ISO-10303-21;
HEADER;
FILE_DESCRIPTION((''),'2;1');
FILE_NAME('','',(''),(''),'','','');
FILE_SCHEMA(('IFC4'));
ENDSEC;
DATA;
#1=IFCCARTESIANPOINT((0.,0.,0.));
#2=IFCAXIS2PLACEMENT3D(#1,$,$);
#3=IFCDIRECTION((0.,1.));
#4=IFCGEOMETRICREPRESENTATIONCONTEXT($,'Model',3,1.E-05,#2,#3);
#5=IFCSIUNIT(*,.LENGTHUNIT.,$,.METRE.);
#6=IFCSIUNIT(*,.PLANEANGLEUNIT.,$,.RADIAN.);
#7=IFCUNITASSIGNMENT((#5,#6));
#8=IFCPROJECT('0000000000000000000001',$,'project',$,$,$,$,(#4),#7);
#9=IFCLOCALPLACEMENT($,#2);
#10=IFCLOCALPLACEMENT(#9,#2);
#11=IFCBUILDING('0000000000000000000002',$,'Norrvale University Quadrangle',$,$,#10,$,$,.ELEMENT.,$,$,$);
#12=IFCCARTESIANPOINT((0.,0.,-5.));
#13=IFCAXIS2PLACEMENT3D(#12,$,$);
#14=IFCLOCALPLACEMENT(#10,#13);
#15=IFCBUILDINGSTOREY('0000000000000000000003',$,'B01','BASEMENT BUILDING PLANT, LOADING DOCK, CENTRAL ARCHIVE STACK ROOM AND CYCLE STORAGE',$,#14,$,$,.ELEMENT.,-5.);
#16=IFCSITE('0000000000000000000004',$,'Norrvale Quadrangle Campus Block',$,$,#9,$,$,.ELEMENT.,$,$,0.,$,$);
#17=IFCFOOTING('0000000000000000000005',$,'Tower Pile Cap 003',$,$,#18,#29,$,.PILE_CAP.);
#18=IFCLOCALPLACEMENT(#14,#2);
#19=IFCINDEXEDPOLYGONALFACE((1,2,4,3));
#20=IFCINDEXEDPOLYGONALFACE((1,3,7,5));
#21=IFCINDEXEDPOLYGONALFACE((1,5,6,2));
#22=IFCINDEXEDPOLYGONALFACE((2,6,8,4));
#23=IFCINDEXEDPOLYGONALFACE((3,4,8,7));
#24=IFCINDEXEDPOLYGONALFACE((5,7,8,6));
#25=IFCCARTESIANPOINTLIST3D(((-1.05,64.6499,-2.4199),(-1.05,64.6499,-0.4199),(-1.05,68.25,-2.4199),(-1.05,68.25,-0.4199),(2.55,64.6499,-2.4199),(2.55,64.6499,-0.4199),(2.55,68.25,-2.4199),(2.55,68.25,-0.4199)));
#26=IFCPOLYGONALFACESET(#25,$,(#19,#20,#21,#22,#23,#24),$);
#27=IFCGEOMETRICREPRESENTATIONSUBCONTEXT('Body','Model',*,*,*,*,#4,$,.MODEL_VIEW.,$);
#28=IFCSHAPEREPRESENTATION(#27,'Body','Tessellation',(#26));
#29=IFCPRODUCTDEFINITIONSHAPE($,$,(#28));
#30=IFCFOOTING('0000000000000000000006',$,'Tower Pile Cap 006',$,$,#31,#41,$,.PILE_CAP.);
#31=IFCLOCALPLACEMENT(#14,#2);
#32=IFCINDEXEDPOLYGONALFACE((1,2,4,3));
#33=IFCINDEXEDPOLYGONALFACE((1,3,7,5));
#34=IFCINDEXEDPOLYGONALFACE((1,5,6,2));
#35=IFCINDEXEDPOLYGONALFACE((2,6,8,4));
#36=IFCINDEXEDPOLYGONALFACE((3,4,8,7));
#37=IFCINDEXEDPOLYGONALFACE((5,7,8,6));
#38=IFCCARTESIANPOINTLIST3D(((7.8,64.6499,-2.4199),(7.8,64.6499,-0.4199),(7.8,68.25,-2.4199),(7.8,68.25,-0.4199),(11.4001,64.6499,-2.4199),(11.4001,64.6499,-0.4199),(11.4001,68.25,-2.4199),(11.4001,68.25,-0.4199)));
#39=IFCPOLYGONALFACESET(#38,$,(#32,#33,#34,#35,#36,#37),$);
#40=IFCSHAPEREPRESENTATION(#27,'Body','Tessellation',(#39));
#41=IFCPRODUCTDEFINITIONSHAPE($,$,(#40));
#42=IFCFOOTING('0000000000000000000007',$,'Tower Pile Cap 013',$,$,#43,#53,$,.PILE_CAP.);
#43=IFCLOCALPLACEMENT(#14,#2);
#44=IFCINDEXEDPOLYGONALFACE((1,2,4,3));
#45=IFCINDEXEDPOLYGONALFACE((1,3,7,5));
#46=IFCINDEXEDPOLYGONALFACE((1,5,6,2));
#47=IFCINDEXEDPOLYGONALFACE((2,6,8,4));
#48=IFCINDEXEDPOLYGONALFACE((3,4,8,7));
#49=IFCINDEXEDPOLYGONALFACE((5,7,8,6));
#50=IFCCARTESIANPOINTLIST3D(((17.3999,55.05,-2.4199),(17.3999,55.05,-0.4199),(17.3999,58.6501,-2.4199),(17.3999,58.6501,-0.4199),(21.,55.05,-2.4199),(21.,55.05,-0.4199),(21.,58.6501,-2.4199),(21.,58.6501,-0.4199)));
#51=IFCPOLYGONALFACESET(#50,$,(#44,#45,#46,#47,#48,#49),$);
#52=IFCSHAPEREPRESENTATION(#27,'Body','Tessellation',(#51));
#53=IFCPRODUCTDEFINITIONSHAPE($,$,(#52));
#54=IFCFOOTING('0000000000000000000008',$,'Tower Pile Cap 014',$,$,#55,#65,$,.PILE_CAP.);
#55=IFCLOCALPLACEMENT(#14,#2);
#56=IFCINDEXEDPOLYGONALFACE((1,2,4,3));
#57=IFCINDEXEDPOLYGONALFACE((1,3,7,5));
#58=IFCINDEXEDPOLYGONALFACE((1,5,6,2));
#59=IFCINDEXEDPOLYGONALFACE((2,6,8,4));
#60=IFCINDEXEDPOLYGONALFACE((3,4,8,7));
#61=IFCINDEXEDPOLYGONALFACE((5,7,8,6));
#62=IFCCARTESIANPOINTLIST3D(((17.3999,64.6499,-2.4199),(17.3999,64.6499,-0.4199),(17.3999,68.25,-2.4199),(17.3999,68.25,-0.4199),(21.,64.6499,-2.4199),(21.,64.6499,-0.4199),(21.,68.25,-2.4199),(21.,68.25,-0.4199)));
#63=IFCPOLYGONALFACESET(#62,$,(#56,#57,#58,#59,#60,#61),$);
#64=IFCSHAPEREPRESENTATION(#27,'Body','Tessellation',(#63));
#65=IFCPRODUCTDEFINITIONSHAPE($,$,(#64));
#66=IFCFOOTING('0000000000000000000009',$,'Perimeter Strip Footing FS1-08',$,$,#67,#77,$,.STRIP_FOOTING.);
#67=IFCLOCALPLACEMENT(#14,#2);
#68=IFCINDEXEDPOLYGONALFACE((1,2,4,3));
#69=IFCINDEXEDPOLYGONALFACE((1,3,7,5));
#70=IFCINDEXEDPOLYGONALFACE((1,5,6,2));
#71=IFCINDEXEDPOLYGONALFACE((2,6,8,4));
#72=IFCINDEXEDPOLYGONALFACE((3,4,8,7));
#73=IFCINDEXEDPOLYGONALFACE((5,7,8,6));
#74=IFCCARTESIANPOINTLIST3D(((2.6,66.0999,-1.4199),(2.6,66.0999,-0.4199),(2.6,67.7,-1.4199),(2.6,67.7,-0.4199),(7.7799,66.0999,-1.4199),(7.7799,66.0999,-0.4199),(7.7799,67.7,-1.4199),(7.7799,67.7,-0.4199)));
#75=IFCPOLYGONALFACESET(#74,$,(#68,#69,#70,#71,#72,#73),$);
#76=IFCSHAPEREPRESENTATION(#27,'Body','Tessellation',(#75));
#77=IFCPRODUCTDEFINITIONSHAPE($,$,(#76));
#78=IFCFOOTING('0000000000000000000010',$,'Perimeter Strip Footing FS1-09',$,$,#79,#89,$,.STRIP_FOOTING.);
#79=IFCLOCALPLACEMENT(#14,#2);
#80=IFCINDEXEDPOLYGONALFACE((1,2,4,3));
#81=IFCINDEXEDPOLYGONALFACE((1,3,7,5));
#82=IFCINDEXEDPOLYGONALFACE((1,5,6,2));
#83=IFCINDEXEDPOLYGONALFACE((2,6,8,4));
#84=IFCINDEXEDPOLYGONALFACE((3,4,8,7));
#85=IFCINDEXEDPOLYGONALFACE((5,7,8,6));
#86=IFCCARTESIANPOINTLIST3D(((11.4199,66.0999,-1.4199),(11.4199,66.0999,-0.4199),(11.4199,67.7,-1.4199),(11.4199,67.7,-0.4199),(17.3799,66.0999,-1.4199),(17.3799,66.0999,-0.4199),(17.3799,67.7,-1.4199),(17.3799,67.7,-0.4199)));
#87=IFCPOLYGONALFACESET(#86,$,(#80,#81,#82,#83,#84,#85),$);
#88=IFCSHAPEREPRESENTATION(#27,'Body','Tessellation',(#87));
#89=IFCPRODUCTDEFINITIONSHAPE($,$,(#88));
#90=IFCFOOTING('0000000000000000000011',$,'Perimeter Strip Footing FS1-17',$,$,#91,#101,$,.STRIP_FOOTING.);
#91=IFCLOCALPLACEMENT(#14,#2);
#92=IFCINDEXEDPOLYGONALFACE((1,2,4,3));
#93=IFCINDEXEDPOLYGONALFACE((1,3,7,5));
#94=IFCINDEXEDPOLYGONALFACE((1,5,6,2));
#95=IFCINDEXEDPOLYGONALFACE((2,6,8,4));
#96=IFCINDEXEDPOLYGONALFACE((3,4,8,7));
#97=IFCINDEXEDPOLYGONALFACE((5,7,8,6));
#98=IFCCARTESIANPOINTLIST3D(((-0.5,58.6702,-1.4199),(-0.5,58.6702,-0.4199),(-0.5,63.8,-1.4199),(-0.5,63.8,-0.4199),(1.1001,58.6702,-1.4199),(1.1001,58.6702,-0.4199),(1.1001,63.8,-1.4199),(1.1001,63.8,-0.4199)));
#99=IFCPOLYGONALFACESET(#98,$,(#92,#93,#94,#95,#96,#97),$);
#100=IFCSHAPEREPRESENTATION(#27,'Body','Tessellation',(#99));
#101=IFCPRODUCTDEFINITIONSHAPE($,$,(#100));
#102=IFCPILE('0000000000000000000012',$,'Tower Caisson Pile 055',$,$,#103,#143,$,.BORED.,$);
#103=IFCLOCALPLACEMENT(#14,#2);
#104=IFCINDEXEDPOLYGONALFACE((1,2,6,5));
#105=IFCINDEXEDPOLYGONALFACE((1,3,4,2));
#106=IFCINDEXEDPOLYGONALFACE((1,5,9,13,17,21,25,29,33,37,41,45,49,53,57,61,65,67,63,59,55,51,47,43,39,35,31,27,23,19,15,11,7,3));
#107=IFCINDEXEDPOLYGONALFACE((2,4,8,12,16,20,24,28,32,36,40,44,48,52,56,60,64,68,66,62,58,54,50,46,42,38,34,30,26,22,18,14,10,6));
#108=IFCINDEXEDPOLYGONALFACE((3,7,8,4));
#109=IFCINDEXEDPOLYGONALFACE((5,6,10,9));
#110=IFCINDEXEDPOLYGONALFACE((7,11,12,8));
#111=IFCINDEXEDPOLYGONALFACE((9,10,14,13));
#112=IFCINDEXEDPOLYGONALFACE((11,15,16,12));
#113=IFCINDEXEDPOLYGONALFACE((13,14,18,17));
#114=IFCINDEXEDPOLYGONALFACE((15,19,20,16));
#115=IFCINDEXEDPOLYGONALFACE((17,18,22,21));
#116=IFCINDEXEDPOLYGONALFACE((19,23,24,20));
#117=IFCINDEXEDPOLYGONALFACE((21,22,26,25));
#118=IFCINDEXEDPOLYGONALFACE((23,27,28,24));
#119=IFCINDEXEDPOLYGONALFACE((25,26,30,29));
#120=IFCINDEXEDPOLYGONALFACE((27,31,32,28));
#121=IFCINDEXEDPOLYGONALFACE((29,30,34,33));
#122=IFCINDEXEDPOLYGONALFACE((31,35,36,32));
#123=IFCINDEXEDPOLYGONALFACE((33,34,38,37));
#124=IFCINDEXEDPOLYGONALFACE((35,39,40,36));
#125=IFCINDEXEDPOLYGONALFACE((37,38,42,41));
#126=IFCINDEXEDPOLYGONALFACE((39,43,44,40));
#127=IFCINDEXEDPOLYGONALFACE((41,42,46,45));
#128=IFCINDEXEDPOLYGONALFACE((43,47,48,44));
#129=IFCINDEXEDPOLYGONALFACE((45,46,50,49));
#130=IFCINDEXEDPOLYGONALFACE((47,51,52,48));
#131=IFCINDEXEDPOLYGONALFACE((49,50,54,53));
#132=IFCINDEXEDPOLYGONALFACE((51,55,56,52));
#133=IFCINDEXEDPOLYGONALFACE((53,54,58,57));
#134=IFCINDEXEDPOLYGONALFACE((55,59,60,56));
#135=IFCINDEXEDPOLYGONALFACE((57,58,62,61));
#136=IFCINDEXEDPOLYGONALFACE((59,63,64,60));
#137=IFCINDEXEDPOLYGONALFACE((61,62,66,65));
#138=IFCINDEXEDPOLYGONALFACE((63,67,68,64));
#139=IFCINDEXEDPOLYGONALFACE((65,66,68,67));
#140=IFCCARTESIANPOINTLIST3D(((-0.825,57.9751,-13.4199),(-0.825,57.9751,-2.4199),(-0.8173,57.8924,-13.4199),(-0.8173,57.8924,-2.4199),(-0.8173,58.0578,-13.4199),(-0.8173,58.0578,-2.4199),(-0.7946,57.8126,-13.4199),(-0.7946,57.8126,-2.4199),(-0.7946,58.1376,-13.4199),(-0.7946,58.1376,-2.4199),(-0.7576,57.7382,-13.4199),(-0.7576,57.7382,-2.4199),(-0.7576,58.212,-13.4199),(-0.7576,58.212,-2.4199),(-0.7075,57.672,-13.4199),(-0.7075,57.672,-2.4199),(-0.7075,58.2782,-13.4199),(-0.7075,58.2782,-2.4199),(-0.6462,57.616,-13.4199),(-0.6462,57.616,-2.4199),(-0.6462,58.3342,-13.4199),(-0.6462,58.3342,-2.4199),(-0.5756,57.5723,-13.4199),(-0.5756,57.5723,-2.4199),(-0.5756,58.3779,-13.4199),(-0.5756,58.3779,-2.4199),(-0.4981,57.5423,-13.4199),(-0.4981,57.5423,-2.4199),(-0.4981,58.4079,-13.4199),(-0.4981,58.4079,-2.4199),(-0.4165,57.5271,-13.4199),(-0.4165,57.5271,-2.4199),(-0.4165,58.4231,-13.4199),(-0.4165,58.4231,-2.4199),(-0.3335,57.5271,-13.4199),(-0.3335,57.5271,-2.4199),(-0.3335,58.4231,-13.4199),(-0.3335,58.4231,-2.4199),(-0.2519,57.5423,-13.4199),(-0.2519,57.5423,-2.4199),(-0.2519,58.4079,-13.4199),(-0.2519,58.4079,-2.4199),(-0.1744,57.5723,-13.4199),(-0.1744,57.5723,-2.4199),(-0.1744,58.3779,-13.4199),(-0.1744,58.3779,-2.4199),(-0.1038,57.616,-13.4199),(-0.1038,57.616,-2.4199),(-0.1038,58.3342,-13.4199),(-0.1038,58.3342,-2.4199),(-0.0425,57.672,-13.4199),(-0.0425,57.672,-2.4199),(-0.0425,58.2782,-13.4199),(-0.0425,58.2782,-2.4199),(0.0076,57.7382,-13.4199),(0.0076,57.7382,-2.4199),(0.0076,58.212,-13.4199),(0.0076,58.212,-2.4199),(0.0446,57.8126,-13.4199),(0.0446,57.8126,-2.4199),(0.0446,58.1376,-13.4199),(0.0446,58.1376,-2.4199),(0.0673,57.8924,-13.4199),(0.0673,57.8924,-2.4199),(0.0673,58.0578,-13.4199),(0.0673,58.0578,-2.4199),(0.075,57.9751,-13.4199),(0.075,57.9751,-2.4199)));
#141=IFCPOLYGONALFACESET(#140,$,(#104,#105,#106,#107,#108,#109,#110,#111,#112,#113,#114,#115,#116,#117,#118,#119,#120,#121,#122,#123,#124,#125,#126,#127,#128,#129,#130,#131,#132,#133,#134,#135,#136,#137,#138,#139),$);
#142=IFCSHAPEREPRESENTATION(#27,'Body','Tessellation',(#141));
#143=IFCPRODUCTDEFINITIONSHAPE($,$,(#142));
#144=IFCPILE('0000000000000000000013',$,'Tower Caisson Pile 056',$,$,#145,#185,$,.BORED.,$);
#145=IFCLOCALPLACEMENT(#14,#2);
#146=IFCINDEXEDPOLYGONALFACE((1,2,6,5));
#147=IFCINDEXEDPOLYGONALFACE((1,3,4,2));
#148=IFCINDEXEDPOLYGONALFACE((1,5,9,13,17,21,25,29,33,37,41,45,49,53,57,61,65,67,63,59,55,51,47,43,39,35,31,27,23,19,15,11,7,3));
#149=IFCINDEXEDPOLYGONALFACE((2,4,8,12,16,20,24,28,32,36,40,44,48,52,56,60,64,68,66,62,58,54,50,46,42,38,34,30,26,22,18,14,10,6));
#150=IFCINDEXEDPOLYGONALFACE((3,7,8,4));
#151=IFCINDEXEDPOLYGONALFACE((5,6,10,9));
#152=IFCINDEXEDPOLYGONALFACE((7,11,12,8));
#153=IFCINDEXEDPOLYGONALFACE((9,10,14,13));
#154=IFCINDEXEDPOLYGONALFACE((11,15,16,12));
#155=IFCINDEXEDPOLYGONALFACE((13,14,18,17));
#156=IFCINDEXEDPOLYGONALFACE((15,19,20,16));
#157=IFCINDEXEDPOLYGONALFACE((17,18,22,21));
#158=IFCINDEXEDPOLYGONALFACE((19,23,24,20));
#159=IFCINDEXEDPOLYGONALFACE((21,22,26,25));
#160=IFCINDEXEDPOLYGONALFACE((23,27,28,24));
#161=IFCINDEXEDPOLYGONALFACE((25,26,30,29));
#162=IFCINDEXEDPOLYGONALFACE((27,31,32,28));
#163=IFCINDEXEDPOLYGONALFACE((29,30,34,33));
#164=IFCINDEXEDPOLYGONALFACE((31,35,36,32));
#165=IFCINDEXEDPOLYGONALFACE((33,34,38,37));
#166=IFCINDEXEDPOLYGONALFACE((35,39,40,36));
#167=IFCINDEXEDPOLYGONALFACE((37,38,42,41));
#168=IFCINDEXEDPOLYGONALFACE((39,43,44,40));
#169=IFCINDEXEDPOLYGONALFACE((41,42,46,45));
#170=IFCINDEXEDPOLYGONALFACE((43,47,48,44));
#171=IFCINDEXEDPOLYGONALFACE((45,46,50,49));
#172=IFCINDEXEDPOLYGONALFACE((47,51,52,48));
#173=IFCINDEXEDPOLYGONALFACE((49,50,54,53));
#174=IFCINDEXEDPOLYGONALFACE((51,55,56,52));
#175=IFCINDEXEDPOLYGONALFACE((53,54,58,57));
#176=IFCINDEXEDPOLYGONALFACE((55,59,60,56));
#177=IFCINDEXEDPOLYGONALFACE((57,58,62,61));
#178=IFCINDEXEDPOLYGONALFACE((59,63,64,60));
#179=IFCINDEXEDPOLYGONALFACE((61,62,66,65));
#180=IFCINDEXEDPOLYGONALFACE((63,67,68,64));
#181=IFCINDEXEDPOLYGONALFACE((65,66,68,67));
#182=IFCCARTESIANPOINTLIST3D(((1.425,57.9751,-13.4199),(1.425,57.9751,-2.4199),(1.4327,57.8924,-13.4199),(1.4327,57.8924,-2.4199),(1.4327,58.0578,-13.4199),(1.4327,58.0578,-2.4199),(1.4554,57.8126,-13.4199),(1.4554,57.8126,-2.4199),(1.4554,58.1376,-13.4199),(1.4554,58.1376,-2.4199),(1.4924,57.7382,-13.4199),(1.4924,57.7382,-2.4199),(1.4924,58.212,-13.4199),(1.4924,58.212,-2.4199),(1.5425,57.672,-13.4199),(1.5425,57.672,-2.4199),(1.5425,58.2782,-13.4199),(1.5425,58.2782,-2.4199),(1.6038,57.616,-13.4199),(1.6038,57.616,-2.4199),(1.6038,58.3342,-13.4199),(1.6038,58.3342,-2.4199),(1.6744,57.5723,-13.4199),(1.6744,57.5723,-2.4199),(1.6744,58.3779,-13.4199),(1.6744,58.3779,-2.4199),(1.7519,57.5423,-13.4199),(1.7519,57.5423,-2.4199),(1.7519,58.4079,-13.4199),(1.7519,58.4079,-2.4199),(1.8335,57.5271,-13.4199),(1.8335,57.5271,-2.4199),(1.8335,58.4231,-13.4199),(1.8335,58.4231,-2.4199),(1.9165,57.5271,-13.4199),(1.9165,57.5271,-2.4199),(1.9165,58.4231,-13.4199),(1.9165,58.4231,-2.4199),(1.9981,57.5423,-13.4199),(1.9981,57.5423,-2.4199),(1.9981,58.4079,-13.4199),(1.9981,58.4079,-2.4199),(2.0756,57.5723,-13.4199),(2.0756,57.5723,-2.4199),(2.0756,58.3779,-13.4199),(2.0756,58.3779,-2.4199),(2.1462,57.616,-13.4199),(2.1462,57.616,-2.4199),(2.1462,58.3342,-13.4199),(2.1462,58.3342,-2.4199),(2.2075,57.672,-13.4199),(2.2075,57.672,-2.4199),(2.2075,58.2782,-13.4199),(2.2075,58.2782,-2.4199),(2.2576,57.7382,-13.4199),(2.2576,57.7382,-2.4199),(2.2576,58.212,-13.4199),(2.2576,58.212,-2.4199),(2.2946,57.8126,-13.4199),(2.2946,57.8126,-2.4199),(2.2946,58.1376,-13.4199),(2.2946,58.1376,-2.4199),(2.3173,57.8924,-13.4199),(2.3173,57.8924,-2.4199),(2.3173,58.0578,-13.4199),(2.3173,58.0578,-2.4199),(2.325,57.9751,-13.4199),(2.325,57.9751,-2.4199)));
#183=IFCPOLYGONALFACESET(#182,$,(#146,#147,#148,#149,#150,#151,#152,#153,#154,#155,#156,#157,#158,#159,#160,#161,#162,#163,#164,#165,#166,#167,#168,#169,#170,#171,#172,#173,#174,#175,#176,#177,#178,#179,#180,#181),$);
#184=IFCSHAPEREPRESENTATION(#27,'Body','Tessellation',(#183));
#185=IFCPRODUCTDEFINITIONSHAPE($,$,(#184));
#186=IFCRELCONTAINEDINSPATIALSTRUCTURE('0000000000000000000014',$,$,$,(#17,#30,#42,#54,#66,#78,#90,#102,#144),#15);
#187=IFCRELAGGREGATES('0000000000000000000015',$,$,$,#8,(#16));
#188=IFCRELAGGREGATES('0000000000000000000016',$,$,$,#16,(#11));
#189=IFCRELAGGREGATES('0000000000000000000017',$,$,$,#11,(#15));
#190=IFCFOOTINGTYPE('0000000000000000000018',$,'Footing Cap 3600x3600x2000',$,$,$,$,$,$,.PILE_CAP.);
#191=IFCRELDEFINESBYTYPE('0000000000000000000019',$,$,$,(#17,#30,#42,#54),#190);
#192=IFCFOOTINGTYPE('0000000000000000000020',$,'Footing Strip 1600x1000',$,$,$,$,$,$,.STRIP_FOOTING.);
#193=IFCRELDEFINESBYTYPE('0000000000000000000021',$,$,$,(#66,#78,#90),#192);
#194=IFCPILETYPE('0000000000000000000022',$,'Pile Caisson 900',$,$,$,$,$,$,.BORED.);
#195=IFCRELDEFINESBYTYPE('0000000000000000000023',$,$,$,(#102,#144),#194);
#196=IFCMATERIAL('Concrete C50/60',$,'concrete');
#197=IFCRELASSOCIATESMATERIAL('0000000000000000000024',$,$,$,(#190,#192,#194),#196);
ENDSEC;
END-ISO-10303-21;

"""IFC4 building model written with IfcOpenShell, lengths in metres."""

from ifc_helpers import new_model, si_unit, direction, frame, origin, origin_2d, place, context, subcontext, project, spatial, rectangle, circle, extrude, material, material_profile, profile_set, type_object, element, save


model = new_model("IFC4")

# Units and contexts
model_context = context("Model", 3, precision=1e-05, world=origin(), true_north=direction((0.0, 1.0)))
body_context = subcontext(model_context, "Body", "Model", "MODEL_VIEW")
ifc_project = project(units=[si_unit("LENGTHUNIT", "METRE"), si_unit("PLANEANGLEUNIT", "RADIAN")], contexts=[model_context])

# Site, building, storey
site_placement = place(None, origin())
site = spatial("IfcSite", under=ifc_project, at=site_placement, Name="Norrvale Quadrangle Campus Block", CompositionType="ELEMENT", RefElevation=0.0)
building_placement = place(site_placement, origin())
building = spatial("IfcBuilding", under=site, at=building_placement, Name="Norrvale University Quadrangle", CompositionType="ELEMENT")
storey_placement = place(building_placement, frame((0.0, 0.0, -5.0)))
storey = spatial("IfcBuildingStorey", under=building, at=storey_placement, Name="B01", Description="BASEMENT BUILDING PLANT, LOADING DOCK, CENTRAL ARCHIVE STACK ROOM AND CYCLE STORAGE", CompositionType="ELEMENT", Elevation=-5.0)

# Footings
ifc_material_1 = material(Name="Concrete C50/60", Category="concrete")
footing_type_1 = type_object("IfcFootingType", Name="Footing Cap 3600x3600x2000", PredefinedType="PILE_CAP", material=ifc_material_1)
for number, where, z_axis, x_axis, name in (
    (1, (0.75, 66.45, -2.4199), (0.0, 0.0, 1.0), (1.0, 0.0, 0.0), "Tower Pile Cap 003"),
    (2, (9.6001, 66.45, -2.4199), (0.0, 0.0, 1.0), (1.0, 0.0, 0.0), "Tower Pile Cap 006"),
    (3, (19.2, 56.8501, -2.4199), (0.0, 0.0, 1.0), (1.0, 0.0, 0.0), "Tower Pile Cap 013"),
    (4, (19.2, 66.45, -2.4199), (0.0, 0.0, 1.0), (1.0, 0.0, 0.0), "Tower Pile Cap 014"),
):
    element("IfcFooting", number, at=place(storey_placement, frame(where, z_axis=z_axis, x_axis=x_axis)), inside=storey, type_object=footing_type_1, Name=name, PredefinedType="PILE_CAP", context=body_context, shape_type="SweptSolid", body=[
        extrude(rectangle(XDim=3.6001, YDim=3.6001, at=origin_2d()), origin(), (0.0, 0.0, 1.0), 2.0),
    ])
footing_type_2 = type_object("IfcFootingType", Name="Footing Strip 1600x1000", PredefinedType="STRIP_FOOTING", material=ifc_material_1)
footing_1_placement = place(storey_placement, frame((5.1899, 66.8999, -1.4199), z_axis=(0.0, 0.0, 1.0), x_axis=(1.0, 0.0, 0.0)))
element("IfcFooting", 5, at=footing_1_placement, inside=storey, type_object=footing_type_2, Name="Perimeter Strip Footing FS1-08", PredefinedType="STRIP_FOOTING", context=body_context, shape_type="SweptSolid", body=[
    extrude(rectangle(XDim=5.1799, YDim=1.6001, at=origin_2d()), origin(), (0.0, 0.0, 1.0), 1.0),
])
footing_2_placement = place(storey_placement, frame((14.3999, 66.8999, -1.4199), z_axis=(0.0, 0.0, 1.0), x_axis=(1.0, 0.0, 0.0)))
element("IfcFooting", 6, at=footing_2_placement, inside=storey, type_object=footing_type_2, Name="Perimeter Strip Footing FS1-09", PredefinedType="STRIP_FOOTING", context=body_context, shape_type="SweptSolid", body=[
    extrude(rectangle(XDim=5.96, YDim=1.6001, at=origin_2d()), origin(), (0.0, 0.0, 1.0), 1.0),
])
footing_3_placement = place(storey_placement, frame((0.3, 61.2351, -1.4199), z_axis=(0.0, 0.0, 1.0), x_axis=(0.0, 1.0, 0.0)))
element("IfcFooting", 7, at=footing_3_placement, inside=storey, type_object=footing_type_2, Name="Perimeter Strip Footing FS1-17", PredefinedType="STRIP_FOOTING", context=body_context, shape_type="SweptSolid", body=[
    extrude(rectangle(XDim=5.1299, YDim=1.6001, at=origin_2d()), origin(), (0.0, 0.0, 1.0), 1.0),
])

# Piles
ifc_material_profile_1 = material_profile(ifc_material_1, circle(Radius=0.45, at=origin_2d()), Name="Concrete C50/60")
ifc_profile_set_1 = profile_set([ifc_material_profile_1], Name="Concrete C50/60")
pile_type = type_object("IfcPileType", Name="Pile Caisson 900", PredefinedType="BORED", material=ifc_profile_set_1)
for number, where, z_axis, x_axis, name in (
    (8, (-0.375, 57.9751, -2.4199), (0.0, 0.0, -1.0), (1.0, 0.0, 0.0), "Tower Caisson Pile 055"),
    (9, (1.875, 57.9751, -2.4199), (0.0, 0.0, -1.0), (1.0, 0.0, 0.0), "Tower Caisson Pile 056"),
):
    element("IfcPile", number, at=place(storey_placement, frame(where, z_axis=z_axis, x_axis=x_axis)), inside=storey, type_object=pile_type, Name=name, PredefinedType="BORED", context=body_context, shape_type="SweptSolid", body=[
        extrude(circle(Radius=0.45, at=origin_2d()), origin(), (0.0, 0.0, 1.0), 11.0),
    ])

save(model, "model.ifc")
